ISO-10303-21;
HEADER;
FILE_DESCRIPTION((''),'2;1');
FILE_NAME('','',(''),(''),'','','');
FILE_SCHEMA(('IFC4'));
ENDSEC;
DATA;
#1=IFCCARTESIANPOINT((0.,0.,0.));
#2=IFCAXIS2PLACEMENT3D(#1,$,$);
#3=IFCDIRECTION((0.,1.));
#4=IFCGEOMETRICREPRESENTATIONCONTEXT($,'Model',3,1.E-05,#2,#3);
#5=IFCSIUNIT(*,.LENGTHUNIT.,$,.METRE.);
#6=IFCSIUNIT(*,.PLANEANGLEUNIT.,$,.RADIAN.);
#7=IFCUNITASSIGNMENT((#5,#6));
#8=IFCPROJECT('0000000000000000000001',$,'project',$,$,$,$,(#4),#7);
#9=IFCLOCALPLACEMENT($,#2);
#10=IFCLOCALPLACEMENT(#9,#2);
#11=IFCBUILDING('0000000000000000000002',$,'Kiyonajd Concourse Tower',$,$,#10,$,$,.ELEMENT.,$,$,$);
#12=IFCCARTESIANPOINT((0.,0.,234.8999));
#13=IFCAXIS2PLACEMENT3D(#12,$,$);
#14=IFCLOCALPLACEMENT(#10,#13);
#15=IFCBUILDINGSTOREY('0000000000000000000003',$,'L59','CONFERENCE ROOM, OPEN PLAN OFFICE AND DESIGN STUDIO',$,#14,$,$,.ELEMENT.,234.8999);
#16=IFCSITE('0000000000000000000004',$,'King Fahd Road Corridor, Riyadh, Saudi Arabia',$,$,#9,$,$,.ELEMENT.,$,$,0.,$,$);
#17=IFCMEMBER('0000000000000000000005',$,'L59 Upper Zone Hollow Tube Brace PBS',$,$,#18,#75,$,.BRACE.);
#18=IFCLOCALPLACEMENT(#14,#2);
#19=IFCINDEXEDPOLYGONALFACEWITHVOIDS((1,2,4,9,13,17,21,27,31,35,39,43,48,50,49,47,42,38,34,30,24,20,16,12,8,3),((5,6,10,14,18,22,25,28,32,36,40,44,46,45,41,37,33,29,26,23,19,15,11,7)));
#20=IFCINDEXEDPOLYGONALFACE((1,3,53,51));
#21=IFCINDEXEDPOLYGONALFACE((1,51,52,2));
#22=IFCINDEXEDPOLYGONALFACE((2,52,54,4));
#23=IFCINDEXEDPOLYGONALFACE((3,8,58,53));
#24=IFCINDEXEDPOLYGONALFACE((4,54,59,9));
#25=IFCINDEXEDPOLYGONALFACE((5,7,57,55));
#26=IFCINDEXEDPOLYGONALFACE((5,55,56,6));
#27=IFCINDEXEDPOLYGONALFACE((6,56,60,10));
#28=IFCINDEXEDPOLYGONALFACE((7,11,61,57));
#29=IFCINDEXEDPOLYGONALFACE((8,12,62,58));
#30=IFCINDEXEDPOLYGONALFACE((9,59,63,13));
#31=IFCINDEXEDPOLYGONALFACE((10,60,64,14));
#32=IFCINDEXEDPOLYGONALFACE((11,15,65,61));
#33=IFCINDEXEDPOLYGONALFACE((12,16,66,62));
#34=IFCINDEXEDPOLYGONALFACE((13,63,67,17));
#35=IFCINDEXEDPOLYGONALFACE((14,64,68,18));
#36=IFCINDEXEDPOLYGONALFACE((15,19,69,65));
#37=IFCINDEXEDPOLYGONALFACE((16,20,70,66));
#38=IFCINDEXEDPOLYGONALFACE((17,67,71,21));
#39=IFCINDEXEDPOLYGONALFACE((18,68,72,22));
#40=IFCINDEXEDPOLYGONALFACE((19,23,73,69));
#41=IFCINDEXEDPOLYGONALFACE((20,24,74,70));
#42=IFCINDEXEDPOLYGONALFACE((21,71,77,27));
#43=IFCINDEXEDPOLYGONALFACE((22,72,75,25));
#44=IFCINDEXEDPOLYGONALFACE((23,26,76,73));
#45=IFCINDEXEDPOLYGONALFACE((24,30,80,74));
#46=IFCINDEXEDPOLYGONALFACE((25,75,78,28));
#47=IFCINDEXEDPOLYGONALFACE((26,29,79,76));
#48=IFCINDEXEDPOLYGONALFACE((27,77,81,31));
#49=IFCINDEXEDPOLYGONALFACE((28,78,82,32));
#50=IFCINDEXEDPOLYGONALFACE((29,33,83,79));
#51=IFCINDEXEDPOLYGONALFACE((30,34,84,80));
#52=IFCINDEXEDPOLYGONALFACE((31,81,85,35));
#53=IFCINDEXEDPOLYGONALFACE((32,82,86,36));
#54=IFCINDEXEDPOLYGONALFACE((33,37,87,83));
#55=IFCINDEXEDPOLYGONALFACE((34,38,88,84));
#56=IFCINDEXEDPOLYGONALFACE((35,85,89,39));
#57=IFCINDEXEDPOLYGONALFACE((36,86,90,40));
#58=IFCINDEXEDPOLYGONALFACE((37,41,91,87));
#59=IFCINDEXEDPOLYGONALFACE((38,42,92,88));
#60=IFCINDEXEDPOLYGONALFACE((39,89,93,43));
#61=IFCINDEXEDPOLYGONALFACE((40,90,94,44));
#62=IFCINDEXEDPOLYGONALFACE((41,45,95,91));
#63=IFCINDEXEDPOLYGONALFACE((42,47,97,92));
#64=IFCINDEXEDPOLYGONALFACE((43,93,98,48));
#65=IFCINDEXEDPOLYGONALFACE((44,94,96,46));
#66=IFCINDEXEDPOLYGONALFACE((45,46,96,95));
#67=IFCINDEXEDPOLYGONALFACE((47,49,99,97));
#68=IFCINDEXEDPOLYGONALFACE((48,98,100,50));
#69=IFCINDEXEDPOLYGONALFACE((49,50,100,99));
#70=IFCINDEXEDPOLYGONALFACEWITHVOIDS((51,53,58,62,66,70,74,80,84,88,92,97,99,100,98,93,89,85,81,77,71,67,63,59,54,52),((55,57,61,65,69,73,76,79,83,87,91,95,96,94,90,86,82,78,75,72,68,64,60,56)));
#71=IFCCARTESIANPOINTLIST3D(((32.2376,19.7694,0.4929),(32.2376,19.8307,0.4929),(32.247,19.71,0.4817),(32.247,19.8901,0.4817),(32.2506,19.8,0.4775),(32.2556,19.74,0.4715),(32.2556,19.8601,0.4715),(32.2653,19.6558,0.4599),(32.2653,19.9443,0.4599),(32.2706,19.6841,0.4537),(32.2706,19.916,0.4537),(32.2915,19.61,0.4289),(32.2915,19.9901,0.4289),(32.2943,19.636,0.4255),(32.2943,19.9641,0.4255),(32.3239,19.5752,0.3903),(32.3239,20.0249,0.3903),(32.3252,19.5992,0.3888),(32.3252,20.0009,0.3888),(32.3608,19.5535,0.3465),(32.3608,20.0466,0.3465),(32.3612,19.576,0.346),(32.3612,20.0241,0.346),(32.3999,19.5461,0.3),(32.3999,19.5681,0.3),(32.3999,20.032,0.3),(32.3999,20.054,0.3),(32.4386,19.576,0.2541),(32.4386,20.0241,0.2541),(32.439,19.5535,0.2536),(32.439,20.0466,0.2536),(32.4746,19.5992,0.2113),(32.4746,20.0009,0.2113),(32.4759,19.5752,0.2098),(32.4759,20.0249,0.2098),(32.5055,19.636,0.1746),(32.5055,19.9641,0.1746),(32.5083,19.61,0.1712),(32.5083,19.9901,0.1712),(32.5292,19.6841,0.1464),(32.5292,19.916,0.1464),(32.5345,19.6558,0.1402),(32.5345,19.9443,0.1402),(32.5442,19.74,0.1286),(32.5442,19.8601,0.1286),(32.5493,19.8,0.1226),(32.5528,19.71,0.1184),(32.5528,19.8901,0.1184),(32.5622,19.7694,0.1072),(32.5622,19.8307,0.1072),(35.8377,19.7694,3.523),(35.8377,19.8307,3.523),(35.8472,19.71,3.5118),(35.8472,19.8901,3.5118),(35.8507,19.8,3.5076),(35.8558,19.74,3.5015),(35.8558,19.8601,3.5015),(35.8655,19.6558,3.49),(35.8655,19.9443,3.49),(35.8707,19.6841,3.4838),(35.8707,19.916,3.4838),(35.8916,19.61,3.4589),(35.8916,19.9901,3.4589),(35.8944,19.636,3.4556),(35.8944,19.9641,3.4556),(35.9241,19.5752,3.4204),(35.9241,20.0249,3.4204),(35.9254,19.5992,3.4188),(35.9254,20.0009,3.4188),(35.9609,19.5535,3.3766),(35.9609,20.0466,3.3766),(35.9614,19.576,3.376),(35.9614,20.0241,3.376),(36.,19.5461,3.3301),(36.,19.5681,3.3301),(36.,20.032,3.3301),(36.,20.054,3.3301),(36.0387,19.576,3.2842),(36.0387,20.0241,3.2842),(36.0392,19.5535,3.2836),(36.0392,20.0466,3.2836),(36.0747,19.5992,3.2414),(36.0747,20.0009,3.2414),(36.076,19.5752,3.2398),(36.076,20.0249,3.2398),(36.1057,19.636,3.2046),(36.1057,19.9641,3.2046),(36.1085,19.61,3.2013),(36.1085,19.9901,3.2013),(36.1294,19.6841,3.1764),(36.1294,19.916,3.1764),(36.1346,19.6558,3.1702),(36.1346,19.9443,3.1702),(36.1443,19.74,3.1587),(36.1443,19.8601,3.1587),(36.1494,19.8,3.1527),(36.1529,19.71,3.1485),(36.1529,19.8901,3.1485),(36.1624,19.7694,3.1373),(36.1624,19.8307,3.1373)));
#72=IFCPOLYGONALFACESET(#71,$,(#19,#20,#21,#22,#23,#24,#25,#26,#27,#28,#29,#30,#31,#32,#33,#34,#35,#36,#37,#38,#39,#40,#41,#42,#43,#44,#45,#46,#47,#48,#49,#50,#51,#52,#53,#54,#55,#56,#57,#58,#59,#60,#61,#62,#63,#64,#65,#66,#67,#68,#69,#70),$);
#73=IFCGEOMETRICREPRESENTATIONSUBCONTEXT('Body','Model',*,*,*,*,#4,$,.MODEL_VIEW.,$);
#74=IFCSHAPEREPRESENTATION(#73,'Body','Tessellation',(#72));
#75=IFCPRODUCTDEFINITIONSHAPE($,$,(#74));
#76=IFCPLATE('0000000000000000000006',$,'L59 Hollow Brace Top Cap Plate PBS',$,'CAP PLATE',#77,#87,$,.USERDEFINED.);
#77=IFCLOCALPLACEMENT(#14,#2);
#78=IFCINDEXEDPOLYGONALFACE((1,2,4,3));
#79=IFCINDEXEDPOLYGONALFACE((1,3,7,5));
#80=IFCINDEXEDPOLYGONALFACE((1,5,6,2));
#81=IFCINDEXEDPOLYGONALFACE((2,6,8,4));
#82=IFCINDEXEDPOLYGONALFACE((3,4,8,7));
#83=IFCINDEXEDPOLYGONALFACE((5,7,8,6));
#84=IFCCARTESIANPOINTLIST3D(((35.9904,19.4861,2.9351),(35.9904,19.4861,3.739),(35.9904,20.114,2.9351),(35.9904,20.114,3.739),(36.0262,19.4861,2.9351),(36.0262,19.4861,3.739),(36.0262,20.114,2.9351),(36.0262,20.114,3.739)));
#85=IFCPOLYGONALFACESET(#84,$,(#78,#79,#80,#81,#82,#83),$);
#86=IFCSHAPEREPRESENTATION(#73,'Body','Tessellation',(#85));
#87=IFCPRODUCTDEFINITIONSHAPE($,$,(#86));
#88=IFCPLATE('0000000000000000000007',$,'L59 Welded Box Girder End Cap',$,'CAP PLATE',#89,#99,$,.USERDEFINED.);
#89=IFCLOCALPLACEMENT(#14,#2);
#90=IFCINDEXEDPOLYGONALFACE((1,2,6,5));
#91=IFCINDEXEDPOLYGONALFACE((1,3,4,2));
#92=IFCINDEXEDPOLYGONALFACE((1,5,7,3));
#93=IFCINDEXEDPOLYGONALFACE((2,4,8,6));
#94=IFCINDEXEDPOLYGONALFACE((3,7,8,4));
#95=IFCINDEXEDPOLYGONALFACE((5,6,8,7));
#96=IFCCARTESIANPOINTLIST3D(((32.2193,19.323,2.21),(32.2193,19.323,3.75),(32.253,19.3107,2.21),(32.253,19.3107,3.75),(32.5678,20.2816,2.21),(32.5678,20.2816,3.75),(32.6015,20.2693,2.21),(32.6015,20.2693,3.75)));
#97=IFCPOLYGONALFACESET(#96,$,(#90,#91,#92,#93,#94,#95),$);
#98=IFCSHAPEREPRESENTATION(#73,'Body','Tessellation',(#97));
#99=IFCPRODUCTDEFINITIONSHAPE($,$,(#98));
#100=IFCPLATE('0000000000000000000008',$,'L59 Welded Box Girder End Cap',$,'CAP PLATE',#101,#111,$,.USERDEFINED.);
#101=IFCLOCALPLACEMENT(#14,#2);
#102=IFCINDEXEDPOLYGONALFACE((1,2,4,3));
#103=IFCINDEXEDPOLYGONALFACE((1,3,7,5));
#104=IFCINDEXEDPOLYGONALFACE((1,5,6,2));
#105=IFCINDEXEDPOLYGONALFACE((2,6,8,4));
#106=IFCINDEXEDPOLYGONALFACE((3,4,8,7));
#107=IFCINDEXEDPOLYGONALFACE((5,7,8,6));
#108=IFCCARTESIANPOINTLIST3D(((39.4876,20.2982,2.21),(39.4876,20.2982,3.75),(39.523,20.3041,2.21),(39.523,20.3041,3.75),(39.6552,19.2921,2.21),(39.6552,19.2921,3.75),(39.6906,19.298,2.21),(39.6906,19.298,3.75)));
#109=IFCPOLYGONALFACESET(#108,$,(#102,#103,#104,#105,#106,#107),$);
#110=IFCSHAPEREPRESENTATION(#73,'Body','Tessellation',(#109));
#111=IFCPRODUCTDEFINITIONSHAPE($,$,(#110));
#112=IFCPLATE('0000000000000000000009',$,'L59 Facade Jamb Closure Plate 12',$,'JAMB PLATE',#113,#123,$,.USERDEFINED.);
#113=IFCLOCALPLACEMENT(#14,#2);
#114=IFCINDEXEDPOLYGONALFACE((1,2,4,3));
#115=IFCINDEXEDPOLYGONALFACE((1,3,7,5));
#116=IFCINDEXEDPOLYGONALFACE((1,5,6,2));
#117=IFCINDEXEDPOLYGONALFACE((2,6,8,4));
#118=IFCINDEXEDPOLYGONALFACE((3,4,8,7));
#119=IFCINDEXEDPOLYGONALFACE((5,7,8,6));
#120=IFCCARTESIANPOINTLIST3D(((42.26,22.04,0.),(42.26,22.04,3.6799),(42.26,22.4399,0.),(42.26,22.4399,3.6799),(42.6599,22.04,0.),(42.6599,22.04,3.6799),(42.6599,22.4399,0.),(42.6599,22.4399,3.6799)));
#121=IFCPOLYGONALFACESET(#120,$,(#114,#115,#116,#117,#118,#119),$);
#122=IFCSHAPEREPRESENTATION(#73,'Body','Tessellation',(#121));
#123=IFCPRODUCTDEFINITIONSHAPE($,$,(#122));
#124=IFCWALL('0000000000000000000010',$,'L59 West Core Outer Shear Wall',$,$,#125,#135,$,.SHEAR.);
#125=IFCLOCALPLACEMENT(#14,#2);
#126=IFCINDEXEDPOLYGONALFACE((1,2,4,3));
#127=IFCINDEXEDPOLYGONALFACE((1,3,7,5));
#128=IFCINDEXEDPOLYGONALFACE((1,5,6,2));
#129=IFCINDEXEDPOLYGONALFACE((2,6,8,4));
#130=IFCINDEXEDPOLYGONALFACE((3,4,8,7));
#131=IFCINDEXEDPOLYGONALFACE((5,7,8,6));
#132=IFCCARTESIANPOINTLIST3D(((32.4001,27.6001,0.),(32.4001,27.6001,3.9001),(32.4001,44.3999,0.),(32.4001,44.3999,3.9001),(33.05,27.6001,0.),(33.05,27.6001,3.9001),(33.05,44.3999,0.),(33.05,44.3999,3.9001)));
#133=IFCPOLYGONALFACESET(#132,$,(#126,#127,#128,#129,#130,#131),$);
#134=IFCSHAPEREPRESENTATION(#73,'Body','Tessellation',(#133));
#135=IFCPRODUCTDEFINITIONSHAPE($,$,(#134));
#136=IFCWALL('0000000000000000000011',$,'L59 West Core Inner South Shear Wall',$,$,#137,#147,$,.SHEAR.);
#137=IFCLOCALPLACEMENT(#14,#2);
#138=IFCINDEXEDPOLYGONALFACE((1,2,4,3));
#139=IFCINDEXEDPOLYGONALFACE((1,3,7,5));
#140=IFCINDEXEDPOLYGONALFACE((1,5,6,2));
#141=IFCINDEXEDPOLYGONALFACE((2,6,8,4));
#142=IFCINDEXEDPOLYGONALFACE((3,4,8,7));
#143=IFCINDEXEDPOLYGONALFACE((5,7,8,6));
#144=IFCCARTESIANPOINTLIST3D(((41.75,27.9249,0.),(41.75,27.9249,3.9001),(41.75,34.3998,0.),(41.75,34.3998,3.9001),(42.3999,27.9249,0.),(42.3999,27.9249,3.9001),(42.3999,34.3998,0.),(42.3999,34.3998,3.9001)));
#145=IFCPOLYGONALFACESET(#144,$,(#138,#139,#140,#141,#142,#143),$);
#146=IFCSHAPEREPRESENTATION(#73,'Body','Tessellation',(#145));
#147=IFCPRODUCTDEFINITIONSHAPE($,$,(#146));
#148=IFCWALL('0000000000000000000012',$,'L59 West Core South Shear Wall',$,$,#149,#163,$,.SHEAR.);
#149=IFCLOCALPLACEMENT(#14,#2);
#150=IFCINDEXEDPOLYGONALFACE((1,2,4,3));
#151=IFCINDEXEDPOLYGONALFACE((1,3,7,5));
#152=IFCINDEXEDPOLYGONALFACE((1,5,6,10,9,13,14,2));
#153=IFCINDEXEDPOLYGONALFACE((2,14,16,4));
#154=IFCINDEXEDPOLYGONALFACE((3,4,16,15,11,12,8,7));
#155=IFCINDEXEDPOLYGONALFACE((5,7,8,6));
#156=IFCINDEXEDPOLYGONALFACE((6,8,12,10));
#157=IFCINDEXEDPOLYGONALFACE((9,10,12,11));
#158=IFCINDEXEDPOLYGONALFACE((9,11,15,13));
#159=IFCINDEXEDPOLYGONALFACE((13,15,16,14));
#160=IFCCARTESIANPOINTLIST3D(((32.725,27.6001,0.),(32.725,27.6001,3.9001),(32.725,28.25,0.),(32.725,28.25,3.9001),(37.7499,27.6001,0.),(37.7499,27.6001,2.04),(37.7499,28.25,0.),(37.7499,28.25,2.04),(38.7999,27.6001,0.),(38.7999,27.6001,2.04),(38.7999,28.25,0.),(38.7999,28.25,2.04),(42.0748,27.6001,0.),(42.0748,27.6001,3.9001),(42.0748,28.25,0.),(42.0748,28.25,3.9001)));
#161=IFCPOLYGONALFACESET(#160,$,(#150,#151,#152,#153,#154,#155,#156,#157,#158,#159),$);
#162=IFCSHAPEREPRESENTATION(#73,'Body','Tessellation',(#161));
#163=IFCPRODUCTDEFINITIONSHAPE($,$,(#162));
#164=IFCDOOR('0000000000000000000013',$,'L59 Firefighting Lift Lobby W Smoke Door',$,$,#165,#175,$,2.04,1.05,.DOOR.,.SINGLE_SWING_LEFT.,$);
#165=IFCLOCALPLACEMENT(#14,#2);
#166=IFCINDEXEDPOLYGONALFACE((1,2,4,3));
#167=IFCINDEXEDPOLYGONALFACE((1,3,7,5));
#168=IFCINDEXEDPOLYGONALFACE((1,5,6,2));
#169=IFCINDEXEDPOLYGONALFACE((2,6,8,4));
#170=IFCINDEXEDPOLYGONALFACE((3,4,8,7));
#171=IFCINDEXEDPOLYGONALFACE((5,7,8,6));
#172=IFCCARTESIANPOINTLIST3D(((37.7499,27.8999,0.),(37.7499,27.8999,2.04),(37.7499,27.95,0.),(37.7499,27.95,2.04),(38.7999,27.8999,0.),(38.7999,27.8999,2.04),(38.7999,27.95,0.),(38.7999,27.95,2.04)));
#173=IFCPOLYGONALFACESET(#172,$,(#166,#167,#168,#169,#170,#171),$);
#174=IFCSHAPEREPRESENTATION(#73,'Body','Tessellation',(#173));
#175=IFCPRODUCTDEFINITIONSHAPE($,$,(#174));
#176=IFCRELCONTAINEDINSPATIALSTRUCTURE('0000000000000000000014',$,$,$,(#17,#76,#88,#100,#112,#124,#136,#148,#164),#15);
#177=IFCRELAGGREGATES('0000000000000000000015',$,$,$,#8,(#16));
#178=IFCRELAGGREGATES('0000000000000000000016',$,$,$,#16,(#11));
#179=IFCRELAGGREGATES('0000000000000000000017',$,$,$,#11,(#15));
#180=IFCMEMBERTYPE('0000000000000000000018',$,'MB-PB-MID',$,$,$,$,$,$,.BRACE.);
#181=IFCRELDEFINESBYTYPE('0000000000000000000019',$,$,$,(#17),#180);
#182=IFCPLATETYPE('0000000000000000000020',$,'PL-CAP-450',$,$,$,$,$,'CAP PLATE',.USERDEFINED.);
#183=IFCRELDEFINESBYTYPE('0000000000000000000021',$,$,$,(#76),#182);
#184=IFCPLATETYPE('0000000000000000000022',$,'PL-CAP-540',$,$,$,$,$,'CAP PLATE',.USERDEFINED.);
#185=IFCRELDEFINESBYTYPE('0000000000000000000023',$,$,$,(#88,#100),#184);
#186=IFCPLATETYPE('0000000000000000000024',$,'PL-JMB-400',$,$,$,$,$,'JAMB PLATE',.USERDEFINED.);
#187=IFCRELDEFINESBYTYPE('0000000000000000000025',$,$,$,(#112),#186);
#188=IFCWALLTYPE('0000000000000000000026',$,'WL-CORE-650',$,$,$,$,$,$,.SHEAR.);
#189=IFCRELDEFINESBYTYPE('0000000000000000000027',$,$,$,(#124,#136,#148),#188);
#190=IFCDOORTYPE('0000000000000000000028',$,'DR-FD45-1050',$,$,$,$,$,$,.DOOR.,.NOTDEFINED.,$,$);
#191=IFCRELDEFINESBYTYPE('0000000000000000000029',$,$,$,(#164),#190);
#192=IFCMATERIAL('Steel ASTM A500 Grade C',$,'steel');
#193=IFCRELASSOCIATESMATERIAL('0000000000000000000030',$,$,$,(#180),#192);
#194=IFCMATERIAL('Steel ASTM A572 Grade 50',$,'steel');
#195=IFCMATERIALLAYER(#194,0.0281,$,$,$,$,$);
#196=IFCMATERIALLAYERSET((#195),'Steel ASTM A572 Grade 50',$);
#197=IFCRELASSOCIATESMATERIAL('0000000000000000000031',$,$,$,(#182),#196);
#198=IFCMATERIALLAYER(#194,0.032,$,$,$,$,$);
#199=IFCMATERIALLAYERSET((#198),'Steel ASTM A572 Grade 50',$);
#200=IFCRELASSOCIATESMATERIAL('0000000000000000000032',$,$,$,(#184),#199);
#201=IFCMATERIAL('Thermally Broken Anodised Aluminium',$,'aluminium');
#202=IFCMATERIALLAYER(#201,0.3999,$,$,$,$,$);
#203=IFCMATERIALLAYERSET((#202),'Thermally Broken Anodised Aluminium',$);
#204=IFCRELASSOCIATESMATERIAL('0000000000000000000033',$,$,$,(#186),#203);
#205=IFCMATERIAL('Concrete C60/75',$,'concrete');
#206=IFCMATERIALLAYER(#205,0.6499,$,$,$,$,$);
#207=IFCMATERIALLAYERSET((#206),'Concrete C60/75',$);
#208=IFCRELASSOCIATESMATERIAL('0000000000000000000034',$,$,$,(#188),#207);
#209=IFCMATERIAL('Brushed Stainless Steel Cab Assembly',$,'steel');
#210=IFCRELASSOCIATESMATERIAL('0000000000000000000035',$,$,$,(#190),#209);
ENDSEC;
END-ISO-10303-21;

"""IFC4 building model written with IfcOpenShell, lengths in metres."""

from ifc_helpers import new_model, si_unit, direction, frame, frame_2d, origin, origin_2d, place, context, subcontext, project, spatial, rectangle, hollow_circle, extrude, material, layer, layer_set, material_profile, profile_set, type_object, element, fill, save


model = new_model("IFC4")

# Units and contexts
model_context = context("Model", 3, precision=1e-05, world=origin(), true_north=direction((0.0, 1.0)))
body_context = subcontext(model_context, "Body", "Model", "MODEL_VIEW")
ifc_project = project(units=[si_unit("LENGTHUNIT", "METRE"), si_unit("PLANEANGLEUNIT", "RADIAN")], contexts=[model_context])

# Site, building, storey
site_placement = place(None, origin())
site = spatial("IfcSite", under=ifc_project, at=site_placement, Name="King Fahd Road Corridor, Riyadh, Saudi Arabia", CompositionType="ELEMENT", RefElevation=0.0)
building_placement = place(site_placement, origin())
building = spatial("IfcBuilding", under=site, at=building_placement, Name="Kiyonajd Concourse Tower", CompositionType="ELEMENT")
storey_placement = place(building_placement, frame((0.0, 0.0, 234.8999)))
storey = spatial("IfcBuildingStorey", under=building, at=storey_placement, Name="L59", Description="CONFERENCE ROOM, OPEN PLAN OFFICE AND DESIGN STUDIO", CompositionType="ELEMENT", Elevation=234.8999)

# Shared definitions
ifc_material_1 = material(Name="Concrete C60/75", Category="concrete")

# Shared definitions
ifc_material_2 = material(Name="Steel ASTM A572 Grade 50", Category="steel")

# Member
ifc_material_3 = material(Name="Steel ASTM A500 Grade C", Category="steel")
ifc_material_profile_1 = material_profile(ifc_material_3, hollow_circle(Radius=0.2539, WallThickness=0.022, at=origin_2d()), Name="CHS-508x22")
ifc_profile_set_1 = profile_set([ifc_material_profile_1], Name="Steel ASTM A500 Grade C")
member_type = type_object("IfcMemberType", Name="MB-PB-MID", PredefinedType="BRACE", material=ifc_profile_set_1)
member_placement = place(storey_placement, frame((32.3999, 19.8, 0.3), z_axis=(0.765082, 0.0, 0.643933), x_axis=(0.0, 1.0, 0.0)))
element("IfcMember", 1, at=member_placement, inside=storey, type_object=member_type, Name="L59 Upper Zone Hollow Tube Brace PBS", PredefinedType="BRACE", context=body_context, shape_type="SweptSolid", body=[
    extrude(hollow_circle(Radius=0.2539, WallThickness=0.022, at=origin_2d()), origin(), (0.0, 0.0, 1.0), 4.7056),
])

# Plates
ifc_layer_1 = layer(ifc_material_2, 0.0281)
ifc_layer_set_1 = layer_set([ifc_layer_1], Name="Steel ASTM A572 Grade 50")
plate_type_1 = type_object("IfcPlateType", Name="PL-CAP-450", ElementType="CAP PLATE", PredefinedType="USERDEFINED", material=ifc_layer_set_1)
plate_1_placement = place(storey_placement, frame((36.0083, 19.8, 2.9351), z_axis=(0.0, 0.0, 1.0), x_axis=(1.0, 0.0, 0.0)))
element("IfcPlate", 2, at=plate_1_placement, inside=storey, type_object=plate_type_1, Name="L59 Hollow Brace Top Cap Plate PBS", ObjectType="CAP PLATE", PredefinedType="USERDEFINED", context=body_context, shape_type="SweptSolid", body=[
    extrude(rectangle(XDim=0.0359, YDim=0.6279, at=origin_2d()), origin(), (0.0, 0.0, 1.0), 0.804),
])
ifc_layer_2 = layer(ifc_material_2, 0.032)
ifc_layer_set_2 = layer_set([ifc_layer_2], Name="Steel ASTM A572 Grade 50")
plate_type_2 = type_object("IfcPlateType", Name="PL-CAP-540", ElementType="CAP PLATE", PredefinedType="USERDEFINED", material=ifc_layer_set_2)
for number, where, z_axis, x_axis, name in (
    (3, (32.4104, 19.7961, 2.21), (0.0, 0.0, 1.0), (0.939812, -0.341692, 0.0), "L59 Welded Box Girder End Cap"),
    (4, (39.5891, 19.7981, 2.21), (0.0, 0.0, 1.0), (-0.986401, -0.164359, 0.0), "L59 Welded Box Girder End Cap"),
):
    element("IfcPlate", number, at=place(storey_placement, frame(where, z_axis=z_axis, x_axis=x_axis)), inside=storey, type_object=plate_type_2, Name=name, ObjectType="CAP PLATE", PredefinedType="USERDEFINED", context=body_context, shape_type="SweptSolid", body=[
        extrude(rectangle(XDim=0.0359, YDim=1.02, at=origin_2d()), origin(), (0.0, 0.0, 1.0), 1.54),
    ])
ifc_material_4 = material(Name="Thermally Broken Anodised Aluminium", Category="aluminium")
ifc_layer_3 = layer(ifc_material_4, 0.3999)
ifc_layer_set_3 = layer_set([ifc_layer_3], Name="Thermally Broken Anodised Aluminium")
plate_type_3 = type_object("IfcPlateType", Name="PL-JMB-400", ElementType="JAMB PLATE", PredefinedType="USERDEFINED", material=ifc_layer_set_3)
plate_2_placement = place(storey_placement, frame((42.46, 22.24, 0.0), z_axis=(0.0, 0.0, 1.0), x_axis=(1.0, 0.0, 0.0)))
element("IfcPlate", 5, at=plate_2_placement, inside=storey, type_object=plate_type_3, Name="L59 Facade Jamb Closure Plate 12", ObjectType="JAMB PLATE", PredefinedType="USERDEFINED", context=body_context, shape_type="SweptSolid", body=[
    extrude(rectangle(XDim=0.3999, YDim=0.3999, at=origin_2d()), origin(), (0.0, 0.0, 1.0), 3.6799),
])

# Walls
ifc_layer_4 = layer(ifc_material_1, 0.6499)
ifc_layer_set_4 = layer_set([ifc_layer_4], Name="Concrete C60/75")
wall_type_1 = type_object("IfcWallType", Name="WL-CORE-650", PredefinedType="SHEAR", material=ifc_layer_set_4)
wall_1_placement = place(storey_placement, frame((32.7251, 27.6001, 0.0), z_axis=(0.0, 0.0, 1.0), x_axis=(0.0, 1.0, 0.0)))
element("IfcWall", 6, at=wall_1_placement, inside=storey, type_object=wall_type_1, Name="L59 West Core Outer Shear Wall", PredefinedType="SHEAR", context=body_context, shape_type="SweptSolid", body=[
    extrude(rectangle(XDim=16.7998, YDim=0.6499, at=frame_2d((8.3999, 0.0))), origin(), (0.0, 0.0, 1.0), 3.9001),
])
wall_2_placement = place(storey_placement, frame((42.075, 27.925, 0.0), z_axis=(0.0, 0.0, 1.0), x_axis=(0.0, 1.0, 0.0)))
element("IfcWall", 7, at=wall_2_placement, inside=storey, type_object=wall_type_1, Name="L59 West Core Inner South Shear Wall", PredefinedType="SHEAR", context=body_context, shape_type="SweptSolid", body=[
    extrude(rectangle(XDim=6.4749, YDim=0.6499, at=frame_2d((3.2373, 0.0))), origin(), (0.0, 0.0, 1.0), 3.9001),
])

# Wall, opening, door
wall_3_placement = place(storey_placement, frame((32.7251, 27.925, 0.0), z_axis=(0.0, 0.0, 1.0), x_axis=(1.0, 0.0, 0.0)))
wall_3 = element("IfcWall", 8, at=wall_3_placement, inside=storey, type_object=wall_type_1, Name="L59 West Core South Shear Wall", PredefinedType="SHEAR", context=body_context, shape_type="SweptSolid", body=[
    extrude(rectangle(XDim=9.3499, YDim=0.6499, at=frame_2d((4.6748, 0.0))), origin(), (0.0, 0.0, 1.0), 3.9001),
])
opening_placement = place(wall_3_placement, frame((5.0249, 0.0, 0.0)))
opening = element("IfcOpeningElement", 9, at=opening_placement, cuts=wall_3, PredefinedType="OPENING", context=body_context, shape_type="SweptSolid", body=[
    extrude(rectangle(XDim=1.05, YDim=2.04, at=frame_2d((0.5249, 1.02))), frame((0.0, 0.335, 0.0), z_axis=(0.0, -1.0, 0.0), x_axis=(1.0, 0.0, 0.0)), (0.0, 0.0, 1.0), 0.6699),
])
ifc_material_5 = material(Name="Brushed Stainless Steel Cab Assembly", Category="steel")
door_type = type_object("IfcDoorType", Name="DR-FD45-1050", OperationType="NOTDEFINED", PredefinedType="DOOR", material=ifc_material_5)
door_placement = place(opening_placement, origin())
door = element("IfcDoor", 10, at=door_placement, inside=storey, type_object=door_type, Name="L59 Firefighting Lift Lobby W Smoke Door", OperationType="SINGLE_SWING_LEFT", OverallHeight=2.04, OverallWidth=1.05, PredefinedType="DOOR", context=body_context, shape_type="SweptSolid", body=[
    extrude(rectangle(XDim=1.05, YDim=2.04, at=frame_2d((0.5249, 1.02))), frame((0.0, 0.0249, 0.0), z_axis=(0.0, -1.0, 0.0), x_axis=(1.0, 0.0, 0.0)), (0.0, 0.0, 1.0), 0.05),
])
fill(opening, door)

save(model, "model.ifc")
